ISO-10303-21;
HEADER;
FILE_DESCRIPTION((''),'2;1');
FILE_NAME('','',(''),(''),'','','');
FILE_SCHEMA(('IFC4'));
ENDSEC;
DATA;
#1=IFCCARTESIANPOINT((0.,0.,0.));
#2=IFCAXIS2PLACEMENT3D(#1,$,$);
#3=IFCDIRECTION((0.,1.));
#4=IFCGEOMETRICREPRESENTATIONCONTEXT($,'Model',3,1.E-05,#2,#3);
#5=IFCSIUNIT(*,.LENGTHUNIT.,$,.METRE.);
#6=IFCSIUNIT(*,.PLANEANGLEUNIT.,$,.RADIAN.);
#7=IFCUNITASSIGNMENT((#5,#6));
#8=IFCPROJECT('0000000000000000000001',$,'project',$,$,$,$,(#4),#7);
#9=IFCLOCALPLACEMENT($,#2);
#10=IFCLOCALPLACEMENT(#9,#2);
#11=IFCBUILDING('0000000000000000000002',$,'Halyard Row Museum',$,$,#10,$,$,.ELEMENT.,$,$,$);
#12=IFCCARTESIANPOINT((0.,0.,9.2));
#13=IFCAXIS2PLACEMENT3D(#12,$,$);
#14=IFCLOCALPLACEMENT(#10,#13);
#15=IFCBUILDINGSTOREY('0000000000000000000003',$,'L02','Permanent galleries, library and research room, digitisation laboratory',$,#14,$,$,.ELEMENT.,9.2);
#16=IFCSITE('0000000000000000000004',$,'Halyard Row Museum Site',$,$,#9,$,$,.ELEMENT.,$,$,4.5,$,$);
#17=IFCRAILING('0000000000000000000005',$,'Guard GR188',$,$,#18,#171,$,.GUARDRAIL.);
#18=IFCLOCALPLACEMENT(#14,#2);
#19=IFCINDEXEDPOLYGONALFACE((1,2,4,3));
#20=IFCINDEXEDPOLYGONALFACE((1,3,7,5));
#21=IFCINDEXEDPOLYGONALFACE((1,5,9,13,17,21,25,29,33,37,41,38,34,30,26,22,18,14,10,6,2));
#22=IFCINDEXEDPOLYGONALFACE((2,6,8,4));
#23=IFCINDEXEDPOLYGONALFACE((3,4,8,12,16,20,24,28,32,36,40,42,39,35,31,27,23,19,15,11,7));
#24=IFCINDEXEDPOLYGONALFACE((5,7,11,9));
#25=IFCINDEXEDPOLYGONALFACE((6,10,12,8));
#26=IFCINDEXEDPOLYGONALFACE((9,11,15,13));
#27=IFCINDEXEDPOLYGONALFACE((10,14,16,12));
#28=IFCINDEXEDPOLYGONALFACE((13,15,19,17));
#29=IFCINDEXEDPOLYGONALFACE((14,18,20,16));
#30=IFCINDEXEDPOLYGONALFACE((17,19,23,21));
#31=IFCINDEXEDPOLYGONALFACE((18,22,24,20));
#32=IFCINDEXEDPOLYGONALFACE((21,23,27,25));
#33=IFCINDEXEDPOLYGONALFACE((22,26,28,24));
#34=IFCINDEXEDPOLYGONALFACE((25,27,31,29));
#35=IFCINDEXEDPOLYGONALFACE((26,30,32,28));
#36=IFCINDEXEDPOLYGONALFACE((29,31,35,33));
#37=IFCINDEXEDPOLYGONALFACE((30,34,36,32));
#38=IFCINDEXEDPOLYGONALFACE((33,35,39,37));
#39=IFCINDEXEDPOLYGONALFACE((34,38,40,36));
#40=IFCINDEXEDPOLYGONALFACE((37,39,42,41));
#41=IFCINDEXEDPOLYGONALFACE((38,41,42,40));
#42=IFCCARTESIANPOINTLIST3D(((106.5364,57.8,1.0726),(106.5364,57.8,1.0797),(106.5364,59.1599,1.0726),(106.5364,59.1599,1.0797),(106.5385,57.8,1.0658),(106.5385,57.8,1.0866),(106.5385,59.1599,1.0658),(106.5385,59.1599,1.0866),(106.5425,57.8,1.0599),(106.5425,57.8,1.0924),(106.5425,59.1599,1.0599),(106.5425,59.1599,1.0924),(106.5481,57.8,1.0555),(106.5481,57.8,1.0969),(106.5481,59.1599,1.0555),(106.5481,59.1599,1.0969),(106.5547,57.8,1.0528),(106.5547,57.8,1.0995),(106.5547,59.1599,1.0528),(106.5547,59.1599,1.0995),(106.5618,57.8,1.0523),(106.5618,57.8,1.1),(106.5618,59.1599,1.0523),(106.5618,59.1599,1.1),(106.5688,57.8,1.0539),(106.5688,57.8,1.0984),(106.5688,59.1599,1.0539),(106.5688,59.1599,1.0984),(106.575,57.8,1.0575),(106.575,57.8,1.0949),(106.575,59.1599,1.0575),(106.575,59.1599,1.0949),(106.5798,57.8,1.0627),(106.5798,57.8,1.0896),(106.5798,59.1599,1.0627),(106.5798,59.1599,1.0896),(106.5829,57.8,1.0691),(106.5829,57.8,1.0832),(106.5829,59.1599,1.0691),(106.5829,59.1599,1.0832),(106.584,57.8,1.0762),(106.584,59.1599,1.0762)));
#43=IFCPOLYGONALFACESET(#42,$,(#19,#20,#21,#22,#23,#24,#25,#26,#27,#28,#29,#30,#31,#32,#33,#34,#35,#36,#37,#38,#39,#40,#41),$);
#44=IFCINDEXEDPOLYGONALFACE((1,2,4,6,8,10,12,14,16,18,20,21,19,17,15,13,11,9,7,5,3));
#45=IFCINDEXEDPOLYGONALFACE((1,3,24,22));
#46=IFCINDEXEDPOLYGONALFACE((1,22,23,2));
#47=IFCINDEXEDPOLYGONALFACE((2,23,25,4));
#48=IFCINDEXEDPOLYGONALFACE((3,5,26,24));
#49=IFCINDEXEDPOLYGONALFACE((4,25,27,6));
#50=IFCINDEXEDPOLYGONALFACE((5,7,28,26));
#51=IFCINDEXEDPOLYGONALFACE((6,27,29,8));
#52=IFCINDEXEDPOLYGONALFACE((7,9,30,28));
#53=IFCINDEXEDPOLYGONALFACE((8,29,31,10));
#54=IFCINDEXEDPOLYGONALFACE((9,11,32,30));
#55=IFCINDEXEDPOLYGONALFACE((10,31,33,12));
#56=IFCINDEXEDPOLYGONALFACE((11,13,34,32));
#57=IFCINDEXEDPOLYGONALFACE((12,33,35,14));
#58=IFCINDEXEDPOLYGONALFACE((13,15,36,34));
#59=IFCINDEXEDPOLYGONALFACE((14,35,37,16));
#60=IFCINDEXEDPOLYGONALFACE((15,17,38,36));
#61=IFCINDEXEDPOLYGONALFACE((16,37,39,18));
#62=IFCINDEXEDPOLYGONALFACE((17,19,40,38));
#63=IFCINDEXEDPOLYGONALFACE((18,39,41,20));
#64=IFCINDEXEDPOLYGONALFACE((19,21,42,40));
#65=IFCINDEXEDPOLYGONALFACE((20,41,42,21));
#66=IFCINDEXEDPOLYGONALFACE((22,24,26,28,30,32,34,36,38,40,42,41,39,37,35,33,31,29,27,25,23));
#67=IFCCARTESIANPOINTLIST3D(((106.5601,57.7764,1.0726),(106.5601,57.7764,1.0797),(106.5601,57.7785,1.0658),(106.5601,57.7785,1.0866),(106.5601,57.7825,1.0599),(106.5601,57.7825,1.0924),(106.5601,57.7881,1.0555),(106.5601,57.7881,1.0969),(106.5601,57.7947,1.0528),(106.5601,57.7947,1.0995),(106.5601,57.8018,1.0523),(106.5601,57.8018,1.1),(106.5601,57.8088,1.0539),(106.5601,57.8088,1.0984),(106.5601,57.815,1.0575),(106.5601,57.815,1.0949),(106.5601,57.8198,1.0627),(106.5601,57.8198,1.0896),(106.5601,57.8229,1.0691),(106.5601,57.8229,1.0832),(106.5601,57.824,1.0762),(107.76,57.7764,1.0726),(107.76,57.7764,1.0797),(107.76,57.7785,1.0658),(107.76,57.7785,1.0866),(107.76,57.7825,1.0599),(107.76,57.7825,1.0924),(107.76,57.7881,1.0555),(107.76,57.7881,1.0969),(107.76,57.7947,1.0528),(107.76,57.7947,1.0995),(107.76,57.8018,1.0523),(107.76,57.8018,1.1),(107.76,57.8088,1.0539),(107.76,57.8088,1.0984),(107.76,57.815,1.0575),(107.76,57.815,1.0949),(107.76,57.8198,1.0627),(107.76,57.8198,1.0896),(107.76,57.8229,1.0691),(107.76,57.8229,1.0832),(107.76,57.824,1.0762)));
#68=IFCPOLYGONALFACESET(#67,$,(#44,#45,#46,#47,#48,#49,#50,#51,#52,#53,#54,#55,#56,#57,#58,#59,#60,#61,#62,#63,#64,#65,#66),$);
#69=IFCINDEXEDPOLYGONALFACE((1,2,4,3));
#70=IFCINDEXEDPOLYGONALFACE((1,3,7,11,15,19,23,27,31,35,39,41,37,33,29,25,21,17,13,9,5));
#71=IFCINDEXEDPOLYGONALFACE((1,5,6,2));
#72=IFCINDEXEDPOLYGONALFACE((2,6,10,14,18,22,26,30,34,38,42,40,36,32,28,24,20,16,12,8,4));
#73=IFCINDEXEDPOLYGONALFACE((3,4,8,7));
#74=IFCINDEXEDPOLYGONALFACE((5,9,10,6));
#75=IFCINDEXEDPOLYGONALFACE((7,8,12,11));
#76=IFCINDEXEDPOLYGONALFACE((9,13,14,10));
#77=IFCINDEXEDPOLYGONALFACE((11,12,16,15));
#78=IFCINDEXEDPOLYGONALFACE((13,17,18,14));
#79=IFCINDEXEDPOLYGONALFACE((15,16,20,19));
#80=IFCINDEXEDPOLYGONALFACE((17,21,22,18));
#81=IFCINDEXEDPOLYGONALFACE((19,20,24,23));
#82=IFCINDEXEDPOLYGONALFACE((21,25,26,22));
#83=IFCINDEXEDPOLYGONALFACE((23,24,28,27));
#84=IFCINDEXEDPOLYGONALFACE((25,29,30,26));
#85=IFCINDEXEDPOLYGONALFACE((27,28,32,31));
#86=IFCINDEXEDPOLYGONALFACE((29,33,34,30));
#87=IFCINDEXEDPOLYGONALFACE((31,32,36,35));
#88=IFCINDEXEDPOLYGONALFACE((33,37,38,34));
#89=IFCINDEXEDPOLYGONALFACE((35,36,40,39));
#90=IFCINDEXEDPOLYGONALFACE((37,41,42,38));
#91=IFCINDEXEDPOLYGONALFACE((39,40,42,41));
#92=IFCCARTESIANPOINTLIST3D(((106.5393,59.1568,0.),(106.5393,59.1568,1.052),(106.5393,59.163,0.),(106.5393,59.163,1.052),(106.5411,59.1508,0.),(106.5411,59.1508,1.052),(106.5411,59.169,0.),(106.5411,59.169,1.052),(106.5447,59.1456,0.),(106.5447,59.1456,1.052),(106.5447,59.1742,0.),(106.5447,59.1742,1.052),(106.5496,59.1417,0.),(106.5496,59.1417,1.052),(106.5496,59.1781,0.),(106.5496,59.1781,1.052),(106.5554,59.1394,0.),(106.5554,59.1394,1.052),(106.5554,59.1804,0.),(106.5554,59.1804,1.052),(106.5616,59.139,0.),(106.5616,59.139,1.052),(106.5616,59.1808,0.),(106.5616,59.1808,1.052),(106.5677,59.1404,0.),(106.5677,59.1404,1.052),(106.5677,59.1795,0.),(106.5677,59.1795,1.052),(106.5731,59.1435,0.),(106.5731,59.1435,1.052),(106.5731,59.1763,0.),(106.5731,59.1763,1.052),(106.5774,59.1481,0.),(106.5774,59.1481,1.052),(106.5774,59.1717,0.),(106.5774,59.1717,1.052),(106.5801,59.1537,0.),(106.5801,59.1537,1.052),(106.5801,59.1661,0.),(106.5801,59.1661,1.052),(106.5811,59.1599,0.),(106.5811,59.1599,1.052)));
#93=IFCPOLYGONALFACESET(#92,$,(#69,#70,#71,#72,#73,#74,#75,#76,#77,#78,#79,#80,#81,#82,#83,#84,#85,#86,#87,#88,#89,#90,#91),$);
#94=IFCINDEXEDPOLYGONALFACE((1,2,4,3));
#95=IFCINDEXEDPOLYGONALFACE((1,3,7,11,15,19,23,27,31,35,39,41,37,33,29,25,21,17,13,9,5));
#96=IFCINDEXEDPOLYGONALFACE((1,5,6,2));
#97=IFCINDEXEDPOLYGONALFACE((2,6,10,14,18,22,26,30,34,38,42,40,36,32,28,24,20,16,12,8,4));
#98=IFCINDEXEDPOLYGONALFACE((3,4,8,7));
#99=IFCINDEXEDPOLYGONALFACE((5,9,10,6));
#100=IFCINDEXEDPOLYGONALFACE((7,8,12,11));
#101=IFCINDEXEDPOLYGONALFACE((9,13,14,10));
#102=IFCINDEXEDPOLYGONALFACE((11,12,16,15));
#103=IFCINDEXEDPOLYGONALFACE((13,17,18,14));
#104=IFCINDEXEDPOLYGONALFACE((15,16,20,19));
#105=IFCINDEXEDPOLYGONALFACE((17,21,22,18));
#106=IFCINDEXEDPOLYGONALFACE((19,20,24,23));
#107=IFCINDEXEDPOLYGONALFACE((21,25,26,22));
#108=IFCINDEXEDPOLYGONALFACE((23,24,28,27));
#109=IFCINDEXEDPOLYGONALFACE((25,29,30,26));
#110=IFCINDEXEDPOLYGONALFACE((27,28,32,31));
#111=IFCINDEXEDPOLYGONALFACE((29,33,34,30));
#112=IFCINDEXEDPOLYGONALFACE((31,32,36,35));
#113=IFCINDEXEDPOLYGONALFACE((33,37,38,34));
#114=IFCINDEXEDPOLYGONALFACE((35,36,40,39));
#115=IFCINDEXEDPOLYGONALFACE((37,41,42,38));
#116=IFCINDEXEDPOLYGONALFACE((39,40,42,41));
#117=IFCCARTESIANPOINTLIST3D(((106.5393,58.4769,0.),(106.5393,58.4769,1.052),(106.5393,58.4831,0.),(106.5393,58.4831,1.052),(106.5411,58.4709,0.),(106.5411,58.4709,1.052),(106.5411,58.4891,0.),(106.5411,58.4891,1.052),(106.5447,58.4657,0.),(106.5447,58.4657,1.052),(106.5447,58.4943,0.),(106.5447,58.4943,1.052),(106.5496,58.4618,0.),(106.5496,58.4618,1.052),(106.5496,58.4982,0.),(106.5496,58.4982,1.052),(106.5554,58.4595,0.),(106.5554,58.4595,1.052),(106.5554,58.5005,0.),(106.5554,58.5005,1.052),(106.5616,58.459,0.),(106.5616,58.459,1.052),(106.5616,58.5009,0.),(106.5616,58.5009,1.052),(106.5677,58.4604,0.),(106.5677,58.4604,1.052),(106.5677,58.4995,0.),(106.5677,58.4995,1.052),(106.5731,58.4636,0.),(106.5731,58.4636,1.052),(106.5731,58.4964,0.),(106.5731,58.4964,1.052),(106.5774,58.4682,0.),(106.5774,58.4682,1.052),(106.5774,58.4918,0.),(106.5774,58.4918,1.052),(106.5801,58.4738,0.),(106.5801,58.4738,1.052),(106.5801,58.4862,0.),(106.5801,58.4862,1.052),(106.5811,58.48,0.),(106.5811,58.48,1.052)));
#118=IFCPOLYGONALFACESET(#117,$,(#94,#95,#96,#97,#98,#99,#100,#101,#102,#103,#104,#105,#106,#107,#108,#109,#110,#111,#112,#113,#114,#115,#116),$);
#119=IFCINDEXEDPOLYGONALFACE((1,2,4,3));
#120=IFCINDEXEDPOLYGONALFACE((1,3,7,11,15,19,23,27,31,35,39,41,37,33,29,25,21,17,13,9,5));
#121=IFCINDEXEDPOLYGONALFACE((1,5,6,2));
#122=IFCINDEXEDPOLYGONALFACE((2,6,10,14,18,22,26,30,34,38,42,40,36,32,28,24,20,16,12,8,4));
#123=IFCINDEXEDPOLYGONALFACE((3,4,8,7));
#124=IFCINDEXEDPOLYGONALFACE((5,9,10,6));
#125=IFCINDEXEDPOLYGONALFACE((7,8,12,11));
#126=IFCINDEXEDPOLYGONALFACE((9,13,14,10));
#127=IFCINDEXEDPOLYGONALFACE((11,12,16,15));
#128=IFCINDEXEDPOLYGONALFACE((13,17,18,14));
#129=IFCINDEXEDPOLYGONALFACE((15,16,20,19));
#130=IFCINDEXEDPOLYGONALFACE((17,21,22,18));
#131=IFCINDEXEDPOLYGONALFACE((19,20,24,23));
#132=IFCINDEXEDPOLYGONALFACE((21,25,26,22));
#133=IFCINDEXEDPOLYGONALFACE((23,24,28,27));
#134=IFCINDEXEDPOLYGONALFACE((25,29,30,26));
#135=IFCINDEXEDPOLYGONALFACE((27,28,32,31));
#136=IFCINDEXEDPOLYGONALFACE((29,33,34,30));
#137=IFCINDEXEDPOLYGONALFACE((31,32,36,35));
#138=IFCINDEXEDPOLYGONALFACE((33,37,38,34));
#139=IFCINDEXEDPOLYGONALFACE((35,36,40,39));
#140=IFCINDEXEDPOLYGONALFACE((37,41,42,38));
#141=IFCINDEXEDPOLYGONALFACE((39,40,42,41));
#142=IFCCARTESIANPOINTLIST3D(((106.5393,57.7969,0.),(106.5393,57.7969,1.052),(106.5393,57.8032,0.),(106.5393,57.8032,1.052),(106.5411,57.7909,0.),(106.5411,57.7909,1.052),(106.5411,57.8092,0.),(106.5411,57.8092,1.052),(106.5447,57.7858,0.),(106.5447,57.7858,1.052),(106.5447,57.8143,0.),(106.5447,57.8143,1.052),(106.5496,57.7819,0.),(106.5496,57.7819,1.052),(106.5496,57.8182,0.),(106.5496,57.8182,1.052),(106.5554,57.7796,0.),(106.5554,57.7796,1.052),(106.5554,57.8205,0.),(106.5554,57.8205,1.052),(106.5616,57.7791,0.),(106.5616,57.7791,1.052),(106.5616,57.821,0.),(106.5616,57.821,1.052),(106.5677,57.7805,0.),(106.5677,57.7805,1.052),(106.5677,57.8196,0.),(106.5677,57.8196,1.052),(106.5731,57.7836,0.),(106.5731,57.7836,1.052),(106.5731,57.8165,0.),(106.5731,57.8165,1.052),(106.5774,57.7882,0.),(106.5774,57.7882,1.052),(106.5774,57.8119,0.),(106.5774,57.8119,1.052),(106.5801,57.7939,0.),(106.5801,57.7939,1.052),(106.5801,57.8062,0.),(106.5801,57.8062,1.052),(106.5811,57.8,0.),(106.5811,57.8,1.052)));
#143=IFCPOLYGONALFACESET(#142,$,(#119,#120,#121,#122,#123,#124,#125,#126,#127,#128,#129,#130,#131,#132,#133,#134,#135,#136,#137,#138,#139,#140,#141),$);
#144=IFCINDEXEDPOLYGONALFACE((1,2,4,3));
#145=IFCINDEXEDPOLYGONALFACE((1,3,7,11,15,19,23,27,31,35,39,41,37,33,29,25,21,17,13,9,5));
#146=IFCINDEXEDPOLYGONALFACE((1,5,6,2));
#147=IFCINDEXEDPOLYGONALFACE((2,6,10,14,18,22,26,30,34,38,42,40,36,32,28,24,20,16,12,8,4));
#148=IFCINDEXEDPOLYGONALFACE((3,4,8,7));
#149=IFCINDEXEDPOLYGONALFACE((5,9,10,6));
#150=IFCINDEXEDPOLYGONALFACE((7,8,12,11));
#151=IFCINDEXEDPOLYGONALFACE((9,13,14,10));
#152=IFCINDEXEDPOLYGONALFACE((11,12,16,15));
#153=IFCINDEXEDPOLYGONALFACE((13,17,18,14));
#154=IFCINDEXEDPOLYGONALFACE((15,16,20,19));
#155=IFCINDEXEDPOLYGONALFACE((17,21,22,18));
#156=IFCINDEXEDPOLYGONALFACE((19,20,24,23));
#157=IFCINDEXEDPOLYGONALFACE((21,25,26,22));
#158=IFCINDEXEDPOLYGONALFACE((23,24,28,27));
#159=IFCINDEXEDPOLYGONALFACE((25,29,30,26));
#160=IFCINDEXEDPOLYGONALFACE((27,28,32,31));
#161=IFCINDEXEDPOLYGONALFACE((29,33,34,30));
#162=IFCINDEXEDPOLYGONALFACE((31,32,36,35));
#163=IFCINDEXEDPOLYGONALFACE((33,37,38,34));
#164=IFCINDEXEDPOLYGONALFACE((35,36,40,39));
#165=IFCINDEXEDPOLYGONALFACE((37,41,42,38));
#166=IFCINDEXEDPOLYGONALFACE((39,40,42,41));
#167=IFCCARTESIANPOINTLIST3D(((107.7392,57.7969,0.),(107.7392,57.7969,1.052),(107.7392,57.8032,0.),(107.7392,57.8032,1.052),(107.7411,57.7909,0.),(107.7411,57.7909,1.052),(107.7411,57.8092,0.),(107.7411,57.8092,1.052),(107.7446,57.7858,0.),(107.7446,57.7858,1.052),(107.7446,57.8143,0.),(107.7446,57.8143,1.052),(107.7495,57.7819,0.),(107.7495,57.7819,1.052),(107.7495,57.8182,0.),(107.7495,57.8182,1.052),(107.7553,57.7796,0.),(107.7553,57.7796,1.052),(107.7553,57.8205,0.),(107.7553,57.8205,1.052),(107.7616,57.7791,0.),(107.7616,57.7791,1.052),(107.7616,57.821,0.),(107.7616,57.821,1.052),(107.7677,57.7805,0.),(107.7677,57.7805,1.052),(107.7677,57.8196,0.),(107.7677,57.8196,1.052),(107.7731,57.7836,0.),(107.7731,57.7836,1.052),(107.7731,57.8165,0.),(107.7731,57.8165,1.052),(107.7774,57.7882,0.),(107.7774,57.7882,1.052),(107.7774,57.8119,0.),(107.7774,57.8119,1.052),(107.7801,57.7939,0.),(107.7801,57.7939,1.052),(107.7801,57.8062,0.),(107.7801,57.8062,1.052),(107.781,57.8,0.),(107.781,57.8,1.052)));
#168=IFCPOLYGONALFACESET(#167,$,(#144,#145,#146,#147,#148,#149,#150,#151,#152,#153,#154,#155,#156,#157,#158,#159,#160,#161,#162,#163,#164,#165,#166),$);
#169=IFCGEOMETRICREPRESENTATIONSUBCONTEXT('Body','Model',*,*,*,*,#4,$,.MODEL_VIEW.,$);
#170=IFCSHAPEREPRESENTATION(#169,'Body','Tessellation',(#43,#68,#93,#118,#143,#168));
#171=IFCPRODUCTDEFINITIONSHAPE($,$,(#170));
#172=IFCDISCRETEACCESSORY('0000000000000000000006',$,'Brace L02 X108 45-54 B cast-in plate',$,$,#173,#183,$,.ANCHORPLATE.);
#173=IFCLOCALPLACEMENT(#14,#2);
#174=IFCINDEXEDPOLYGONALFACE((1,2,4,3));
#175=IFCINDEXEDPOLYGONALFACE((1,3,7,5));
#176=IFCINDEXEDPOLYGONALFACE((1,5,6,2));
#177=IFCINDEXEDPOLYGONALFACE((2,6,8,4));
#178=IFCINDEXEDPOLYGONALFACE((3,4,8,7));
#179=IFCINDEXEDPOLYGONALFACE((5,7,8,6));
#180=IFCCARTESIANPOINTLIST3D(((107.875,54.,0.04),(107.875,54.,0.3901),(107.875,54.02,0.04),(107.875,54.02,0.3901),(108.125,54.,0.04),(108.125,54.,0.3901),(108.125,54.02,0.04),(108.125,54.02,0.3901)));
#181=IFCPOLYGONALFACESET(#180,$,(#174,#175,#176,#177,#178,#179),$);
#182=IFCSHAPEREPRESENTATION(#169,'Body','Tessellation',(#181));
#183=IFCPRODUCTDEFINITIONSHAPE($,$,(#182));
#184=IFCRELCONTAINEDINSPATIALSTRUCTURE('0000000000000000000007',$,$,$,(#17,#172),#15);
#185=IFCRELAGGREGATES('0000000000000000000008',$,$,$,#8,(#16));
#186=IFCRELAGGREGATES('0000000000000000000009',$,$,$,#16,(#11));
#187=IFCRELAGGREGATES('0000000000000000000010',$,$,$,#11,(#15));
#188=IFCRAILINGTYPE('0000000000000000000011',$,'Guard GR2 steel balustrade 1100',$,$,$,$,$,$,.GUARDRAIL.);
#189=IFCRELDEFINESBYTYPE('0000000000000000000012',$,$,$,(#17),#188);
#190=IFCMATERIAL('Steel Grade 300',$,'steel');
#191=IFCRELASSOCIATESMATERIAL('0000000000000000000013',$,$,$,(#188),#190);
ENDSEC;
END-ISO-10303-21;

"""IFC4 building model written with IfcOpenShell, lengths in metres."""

from ifc_helpers import new_model, si_unit, direction, frame, origin, origin_2d, place, context, subcontext, project, spatial, rectangle, circle, extrude, material, type_object, element, save


model = new_model("IFC4")

# Units and contexts
model_context = context("Model", 3, precision=1e-05, world=origin(), true_north=direction((0.0, 1.0)))
body_context = subcontext(model_context, "Body", "Model", "MODEL_VIEW")
ifc_project = project(units=[si_unit("LENGTHUNIT", "METRE"), si_unit("PLANEANGLEUNIT", "RADIAN")], contexts=[model_context])

# Site, building, storey
site_placement = place(None, origin())
site = spatial("IfcSite", under=ifc_project, at=site_placement, Name="Halyard Row Museum Site", CompositionType="ELEMENT", RefElevation=4.5)
building_placement = place(site_placement, origin())
building = spatial("IfcBuilding", under=site, at=building_placement, Name="Halyard Row Museum", CompositionType="ELEMENT")
storey_placement = place(building_placement, frame((0.0, 0.0, 9.2)))
storey = spatial("IfcBuildingStorey", under=building, at=storey_placement, Name="L02", Description="Permanent galleries, library and research room, digitisation laboratory", CompositionType="ELEMENT", Elevation=9.2)

# Railing
ifc_material_1 = material(Name="Steel Grade 300", Category="steel")
railing_type_1 = type_object("IfcRailingType", Name="Guard GR2 steel balustrade 1100", PredefinedType="GUARDRAIL", material=ifc_material_1)
railing_1_placement = place(storey_placement, frame((106.5601, 59.1599, 0.0)))
element("IfcRailing", 1, at=railing_1_placement, inside=storey, type_object=railing_type_1, Name="Guard GR188", PredefinedType="GUARDRAIL", context=body_context, shape_type="SweptSolid", body=[
    extrude(circle(Radius=0.0239, at=origin_2d()), frame((0.0, 0.0, 1.0762), z_axis=(0.0, -1.0, 0.0), x_axis=(1.0, 0.0, 0.0)), (0.0, 0.0, 1.0), 1.3599),
    extrude(circle(Radius=0.0239, at=origin_2d()), frame((0.0, -1.3599, 1.0762), z_axis=(1.0, 0.0, 0.0), x_axis=(0.0, 1.0, 0.0)), (0.0, 0.0, 1.0), 1.2),
    extrude(circle(Radius=0.021, at=origin_2d()), origin(), (0.0, 0.0, 1.0), 1.052),
    extrude(circle(Radius=0.021, at=origin_2d()), frame((0.0, -0.6799, 0.0)), (0.0, 0.0, 1.0), 1.052),
    extrude(circle(Radius=0.021, at=origin_2d()), frame((0.0, -1.3599, 0.0)), (0.0, 0.0, 1.0), 1.052),
    extrude(circle(Radius=0.021, at=origin_2d()), frame((1.2, -1.3599, 0.0)), (0.0, 0.0, 1.0), 1.052),
])

# Discrete accessory
discrete_accessory_placement = place(storey_placement, frame((108.0, 54.0, 0.2151), z_axis=(0.0, 1.0, 0.0), x_axis=(-1.0, 0.0, 0.0)))
element("IfcDiscreteAccessory", 2, at=discrete_accessory_placement, inside=storey, Name="Brace L02 X108 45-54 B cast-in plate", PredefinedType="ANCHORPLATE", context=body_context, shape_type="SweptSolid", body=[
    extrude(rectangle(XDim=0.25, YDim=0.3501, at=origin_2d()), origin(), (0.0, 0.0, 1.0), 0.02),
])

save(model, "model.ifc")
